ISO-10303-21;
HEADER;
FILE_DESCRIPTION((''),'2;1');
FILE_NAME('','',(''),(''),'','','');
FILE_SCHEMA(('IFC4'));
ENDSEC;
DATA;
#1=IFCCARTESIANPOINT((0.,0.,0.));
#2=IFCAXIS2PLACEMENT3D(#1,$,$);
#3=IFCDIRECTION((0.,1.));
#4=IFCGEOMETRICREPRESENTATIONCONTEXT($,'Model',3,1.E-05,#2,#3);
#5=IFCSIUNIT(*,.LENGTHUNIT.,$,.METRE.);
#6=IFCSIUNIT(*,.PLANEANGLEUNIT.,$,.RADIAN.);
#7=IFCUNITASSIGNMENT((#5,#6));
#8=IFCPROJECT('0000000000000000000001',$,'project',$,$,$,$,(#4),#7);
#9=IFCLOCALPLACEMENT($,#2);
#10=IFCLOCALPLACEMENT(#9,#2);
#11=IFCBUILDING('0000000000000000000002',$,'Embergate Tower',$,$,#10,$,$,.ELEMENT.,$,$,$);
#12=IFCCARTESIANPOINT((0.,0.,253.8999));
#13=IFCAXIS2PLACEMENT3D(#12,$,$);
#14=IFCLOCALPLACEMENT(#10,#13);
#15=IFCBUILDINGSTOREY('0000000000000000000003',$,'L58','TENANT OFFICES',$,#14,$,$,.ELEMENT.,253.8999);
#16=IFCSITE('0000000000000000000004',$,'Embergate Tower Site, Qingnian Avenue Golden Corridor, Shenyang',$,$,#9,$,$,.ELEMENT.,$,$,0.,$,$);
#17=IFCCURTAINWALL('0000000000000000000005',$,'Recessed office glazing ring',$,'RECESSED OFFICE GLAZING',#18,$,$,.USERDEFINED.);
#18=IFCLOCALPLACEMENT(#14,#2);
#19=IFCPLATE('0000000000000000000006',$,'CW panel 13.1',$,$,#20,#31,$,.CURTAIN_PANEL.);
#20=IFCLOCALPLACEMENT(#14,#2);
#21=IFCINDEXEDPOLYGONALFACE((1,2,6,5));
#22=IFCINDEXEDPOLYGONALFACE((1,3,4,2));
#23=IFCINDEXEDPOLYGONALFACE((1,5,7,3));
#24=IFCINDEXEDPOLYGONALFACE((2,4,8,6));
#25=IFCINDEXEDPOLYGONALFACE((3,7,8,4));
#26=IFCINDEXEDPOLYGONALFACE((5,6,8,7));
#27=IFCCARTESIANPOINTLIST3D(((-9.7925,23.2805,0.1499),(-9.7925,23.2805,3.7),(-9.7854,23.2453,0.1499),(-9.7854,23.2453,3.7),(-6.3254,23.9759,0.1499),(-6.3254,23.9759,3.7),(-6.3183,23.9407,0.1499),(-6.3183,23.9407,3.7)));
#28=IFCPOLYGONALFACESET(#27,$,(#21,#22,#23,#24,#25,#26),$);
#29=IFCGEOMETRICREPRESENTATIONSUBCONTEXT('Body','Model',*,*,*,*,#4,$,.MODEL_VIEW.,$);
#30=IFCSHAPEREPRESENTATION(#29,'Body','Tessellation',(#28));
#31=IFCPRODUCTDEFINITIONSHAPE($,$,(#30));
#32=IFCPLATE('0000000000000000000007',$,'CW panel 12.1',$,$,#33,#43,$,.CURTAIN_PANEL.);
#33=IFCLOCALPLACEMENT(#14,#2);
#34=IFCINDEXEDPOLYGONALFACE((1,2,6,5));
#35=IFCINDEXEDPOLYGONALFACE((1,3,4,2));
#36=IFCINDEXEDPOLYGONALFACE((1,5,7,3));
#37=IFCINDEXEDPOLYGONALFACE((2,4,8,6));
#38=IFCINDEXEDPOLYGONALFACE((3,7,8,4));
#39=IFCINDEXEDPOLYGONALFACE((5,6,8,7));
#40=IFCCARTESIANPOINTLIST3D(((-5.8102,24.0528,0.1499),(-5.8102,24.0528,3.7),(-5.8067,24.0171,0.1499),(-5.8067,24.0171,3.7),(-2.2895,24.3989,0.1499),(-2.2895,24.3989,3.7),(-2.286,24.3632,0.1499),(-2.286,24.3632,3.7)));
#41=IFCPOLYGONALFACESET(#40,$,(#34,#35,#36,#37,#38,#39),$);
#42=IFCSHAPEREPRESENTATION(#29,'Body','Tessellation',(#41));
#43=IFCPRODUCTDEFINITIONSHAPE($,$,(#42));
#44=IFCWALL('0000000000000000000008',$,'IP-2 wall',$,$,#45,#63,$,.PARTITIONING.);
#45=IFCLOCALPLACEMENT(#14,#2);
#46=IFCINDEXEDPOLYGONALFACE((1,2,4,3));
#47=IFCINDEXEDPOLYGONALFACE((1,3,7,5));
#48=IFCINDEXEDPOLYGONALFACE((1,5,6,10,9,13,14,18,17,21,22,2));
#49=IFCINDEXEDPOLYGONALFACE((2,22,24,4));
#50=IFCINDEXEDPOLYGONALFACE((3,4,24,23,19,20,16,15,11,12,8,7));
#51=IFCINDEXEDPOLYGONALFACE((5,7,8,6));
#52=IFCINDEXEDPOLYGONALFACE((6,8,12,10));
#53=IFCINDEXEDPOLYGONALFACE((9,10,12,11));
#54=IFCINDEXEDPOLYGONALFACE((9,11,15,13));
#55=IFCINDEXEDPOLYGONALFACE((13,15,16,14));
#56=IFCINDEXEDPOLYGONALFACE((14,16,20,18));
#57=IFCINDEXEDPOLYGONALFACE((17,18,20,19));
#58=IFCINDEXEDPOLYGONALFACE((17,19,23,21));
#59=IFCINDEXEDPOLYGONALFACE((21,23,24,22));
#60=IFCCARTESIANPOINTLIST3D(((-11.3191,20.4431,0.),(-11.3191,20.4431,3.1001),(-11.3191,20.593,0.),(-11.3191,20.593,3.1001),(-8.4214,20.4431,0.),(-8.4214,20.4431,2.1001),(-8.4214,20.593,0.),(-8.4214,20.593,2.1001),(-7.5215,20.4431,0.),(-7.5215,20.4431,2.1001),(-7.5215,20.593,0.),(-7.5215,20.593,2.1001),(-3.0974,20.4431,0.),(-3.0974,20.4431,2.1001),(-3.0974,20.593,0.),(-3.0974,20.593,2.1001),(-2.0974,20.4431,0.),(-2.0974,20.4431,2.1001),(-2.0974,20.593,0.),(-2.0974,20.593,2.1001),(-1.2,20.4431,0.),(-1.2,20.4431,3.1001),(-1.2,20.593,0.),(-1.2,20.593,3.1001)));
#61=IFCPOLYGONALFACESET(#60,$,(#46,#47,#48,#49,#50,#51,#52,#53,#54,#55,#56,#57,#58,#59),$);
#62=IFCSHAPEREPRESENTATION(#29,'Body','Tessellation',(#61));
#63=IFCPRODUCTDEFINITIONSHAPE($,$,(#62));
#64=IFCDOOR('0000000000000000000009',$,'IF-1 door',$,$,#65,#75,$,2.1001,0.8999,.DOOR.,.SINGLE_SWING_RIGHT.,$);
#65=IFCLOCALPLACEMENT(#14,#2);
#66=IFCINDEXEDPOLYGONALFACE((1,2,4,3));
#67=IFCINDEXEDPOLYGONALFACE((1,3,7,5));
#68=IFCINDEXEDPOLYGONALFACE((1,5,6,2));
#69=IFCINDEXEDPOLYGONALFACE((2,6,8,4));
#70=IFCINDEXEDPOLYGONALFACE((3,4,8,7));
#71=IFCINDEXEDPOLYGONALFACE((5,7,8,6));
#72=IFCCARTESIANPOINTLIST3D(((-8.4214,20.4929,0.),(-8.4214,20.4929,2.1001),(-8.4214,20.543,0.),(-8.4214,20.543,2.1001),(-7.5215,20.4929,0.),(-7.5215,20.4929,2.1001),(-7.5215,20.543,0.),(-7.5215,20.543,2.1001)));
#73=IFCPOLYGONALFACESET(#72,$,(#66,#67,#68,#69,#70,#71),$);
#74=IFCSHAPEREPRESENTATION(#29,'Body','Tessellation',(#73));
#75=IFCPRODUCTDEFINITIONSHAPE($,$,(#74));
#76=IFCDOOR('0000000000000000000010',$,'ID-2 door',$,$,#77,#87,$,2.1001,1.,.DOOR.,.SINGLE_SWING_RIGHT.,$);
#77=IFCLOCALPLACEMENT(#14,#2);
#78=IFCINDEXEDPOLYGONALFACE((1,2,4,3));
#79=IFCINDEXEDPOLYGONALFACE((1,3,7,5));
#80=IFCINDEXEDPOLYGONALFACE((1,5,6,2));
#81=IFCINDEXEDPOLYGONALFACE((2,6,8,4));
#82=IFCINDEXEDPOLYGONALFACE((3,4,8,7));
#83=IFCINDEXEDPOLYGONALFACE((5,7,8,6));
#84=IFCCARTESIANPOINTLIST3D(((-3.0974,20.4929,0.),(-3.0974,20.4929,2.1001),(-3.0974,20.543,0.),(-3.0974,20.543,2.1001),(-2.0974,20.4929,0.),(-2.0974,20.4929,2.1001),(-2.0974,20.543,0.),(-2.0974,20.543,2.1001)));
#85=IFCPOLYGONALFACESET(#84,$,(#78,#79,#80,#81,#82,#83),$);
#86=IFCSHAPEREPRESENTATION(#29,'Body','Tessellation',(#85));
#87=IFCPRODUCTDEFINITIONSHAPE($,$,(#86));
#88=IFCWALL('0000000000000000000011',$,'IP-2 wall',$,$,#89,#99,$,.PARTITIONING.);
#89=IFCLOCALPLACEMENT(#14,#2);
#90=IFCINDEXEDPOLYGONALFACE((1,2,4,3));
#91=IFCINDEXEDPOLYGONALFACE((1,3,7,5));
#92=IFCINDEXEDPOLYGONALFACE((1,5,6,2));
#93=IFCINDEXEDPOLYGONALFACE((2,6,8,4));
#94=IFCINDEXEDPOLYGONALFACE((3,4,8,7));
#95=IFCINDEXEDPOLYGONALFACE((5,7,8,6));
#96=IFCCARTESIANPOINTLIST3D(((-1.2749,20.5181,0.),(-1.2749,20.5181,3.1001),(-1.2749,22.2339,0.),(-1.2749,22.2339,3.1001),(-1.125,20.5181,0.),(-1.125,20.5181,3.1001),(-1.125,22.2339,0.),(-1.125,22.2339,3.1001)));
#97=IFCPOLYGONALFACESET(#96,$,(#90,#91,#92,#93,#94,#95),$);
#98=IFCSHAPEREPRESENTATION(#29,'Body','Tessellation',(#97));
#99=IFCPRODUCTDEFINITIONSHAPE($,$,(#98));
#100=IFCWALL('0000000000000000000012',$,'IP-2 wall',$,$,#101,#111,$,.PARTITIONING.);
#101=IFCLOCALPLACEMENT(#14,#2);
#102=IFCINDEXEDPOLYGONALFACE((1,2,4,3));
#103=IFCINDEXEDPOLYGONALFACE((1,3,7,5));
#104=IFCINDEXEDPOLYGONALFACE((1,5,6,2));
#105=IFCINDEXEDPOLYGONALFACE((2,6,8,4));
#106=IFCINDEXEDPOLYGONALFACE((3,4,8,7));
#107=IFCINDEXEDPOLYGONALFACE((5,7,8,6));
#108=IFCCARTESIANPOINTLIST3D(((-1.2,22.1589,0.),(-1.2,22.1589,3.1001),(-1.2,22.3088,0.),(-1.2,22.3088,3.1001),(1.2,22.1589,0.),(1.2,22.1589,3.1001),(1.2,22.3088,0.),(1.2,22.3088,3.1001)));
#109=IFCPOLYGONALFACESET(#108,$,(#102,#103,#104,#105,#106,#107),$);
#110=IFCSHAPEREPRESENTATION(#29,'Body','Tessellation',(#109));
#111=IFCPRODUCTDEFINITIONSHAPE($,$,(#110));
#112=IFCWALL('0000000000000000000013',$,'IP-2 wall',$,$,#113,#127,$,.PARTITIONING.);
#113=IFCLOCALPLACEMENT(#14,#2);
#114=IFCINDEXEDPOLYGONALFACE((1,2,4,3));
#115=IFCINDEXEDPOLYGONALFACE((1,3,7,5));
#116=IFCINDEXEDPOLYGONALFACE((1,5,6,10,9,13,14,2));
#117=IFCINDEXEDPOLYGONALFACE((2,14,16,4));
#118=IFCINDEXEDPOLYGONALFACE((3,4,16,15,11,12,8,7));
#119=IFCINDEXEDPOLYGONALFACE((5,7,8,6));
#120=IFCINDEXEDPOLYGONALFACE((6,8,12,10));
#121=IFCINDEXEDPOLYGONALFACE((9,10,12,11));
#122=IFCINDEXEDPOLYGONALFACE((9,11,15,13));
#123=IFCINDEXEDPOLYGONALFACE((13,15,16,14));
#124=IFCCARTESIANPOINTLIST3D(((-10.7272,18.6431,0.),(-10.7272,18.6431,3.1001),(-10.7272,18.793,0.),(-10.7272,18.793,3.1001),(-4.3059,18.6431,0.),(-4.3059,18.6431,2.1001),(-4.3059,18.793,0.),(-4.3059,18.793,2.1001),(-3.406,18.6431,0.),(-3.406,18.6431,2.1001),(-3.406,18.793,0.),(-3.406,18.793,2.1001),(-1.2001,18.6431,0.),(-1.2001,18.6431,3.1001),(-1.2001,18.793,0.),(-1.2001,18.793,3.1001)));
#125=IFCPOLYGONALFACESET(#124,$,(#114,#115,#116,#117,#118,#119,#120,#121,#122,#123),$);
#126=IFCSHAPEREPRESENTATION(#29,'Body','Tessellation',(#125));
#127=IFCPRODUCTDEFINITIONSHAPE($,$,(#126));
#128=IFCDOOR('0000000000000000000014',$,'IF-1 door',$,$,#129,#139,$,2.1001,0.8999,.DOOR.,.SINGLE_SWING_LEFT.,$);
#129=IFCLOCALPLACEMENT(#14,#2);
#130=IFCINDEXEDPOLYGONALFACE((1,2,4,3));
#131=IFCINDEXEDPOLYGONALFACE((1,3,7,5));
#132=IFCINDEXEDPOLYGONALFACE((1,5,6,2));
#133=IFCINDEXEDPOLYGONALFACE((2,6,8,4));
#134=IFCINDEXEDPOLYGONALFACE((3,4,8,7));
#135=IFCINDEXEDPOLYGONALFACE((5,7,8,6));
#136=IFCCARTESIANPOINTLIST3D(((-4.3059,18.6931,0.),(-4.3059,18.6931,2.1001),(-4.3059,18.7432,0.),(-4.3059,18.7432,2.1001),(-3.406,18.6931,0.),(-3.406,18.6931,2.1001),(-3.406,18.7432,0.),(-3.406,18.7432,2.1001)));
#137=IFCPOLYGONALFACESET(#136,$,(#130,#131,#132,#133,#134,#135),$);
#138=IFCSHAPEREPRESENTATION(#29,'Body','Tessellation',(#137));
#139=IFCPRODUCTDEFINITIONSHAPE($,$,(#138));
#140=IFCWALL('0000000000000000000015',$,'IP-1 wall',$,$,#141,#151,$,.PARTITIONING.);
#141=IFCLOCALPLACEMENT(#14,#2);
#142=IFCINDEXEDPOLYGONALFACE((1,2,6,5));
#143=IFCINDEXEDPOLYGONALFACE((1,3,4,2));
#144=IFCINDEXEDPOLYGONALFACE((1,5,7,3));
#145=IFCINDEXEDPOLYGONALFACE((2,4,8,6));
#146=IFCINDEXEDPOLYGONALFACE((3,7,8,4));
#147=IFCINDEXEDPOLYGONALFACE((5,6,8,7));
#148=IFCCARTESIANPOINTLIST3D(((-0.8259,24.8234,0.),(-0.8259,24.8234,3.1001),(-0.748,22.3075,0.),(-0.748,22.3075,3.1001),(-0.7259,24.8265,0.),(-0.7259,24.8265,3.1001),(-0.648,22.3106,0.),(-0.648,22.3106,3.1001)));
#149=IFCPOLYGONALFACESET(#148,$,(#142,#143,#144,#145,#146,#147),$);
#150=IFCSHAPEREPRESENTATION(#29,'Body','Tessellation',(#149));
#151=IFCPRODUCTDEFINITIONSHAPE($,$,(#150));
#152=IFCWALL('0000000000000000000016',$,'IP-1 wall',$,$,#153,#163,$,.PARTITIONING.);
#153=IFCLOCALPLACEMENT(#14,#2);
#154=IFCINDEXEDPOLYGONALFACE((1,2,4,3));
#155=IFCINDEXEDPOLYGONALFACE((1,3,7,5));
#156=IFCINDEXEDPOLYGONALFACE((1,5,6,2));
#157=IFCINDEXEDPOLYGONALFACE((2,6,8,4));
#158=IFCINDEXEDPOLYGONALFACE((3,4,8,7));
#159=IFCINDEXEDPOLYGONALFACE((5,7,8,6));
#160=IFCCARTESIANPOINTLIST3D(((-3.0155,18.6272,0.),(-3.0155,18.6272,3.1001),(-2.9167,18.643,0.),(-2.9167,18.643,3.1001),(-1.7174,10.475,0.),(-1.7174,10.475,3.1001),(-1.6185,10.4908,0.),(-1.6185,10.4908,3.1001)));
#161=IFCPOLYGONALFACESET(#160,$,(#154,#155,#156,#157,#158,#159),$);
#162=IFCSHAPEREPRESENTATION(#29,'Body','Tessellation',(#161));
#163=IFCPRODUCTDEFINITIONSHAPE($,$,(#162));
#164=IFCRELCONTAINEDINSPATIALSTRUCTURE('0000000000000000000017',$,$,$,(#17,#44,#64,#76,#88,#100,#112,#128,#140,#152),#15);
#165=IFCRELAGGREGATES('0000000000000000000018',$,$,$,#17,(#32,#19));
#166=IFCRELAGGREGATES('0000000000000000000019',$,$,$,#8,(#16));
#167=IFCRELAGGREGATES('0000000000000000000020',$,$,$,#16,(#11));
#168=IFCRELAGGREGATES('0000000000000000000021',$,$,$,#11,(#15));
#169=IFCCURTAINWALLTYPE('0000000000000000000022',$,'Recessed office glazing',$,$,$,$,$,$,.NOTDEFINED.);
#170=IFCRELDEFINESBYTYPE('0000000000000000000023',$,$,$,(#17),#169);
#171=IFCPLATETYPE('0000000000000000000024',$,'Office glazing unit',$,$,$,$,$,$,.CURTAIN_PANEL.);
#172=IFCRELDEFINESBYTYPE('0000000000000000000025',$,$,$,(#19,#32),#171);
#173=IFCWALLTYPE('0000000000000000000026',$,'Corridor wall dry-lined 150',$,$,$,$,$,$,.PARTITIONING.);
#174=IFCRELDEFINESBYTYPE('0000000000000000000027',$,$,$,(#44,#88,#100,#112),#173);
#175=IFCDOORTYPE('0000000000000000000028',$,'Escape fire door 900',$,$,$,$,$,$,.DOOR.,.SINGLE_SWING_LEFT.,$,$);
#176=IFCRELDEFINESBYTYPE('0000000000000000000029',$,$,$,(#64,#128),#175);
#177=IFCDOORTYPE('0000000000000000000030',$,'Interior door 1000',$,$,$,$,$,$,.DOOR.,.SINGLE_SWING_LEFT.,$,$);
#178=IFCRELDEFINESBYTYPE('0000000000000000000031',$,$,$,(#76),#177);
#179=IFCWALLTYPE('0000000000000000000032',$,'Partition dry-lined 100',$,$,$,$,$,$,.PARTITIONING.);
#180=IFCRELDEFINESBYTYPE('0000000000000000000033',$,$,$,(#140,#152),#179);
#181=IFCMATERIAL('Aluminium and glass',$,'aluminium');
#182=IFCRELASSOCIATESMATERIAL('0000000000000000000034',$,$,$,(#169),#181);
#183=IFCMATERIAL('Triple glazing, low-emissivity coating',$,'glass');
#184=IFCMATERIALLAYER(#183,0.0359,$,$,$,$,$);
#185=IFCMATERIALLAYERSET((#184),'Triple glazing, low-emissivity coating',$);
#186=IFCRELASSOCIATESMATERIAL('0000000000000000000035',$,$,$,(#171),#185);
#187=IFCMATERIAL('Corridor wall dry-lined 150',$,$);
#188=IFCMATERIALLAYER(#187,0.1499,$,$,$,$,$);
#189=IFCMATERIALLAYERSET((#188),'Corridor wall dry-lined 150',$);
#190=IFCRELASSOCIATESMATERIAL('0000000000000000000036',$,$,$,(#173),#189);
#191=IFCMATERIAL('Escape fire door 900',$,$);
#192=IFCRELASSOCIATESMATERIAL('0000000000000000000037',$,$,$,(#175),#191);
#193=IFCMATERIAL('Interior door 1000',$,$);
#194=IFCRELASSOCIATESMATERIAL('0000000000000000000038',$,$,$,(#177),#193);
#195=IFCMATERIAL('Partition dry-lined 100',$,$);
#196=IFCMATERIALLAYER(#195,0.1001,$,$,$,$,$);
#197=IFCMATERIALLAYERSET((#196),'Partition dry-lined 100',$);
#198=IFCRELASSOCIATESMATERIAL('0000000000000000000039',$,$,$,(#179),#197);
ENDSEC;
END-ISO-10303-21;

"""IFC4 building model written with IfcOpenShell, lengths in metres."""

from ifc_helpers import new_model, si_unit, direction, frame, frame_2d, origin, origin_2d, place, context, subcontext, project, spatial, rectangle, extrude, source, transform, mapped, material, layer, layer_set, type_object, element, fill, aggregate, save


model = new_model("IFC4")

# Units and contexts
model_context = context("Model", 3, precision=1e-05, world=origin(), true_north=direction((0.0, 1.0)))
body_context = subcontext(model_context, "Body", "Model", "MODEL_VIEW")
ifc_project = project(units=[si_unit("LENGTHUNIT", "METRE"), si_unit("PLANEANGLEUNIT", "RADIAN")], contexts=[model_context])

# Site, building, storey
site_placement = place(None, origin())
site = spatial("IfcSite", under=ifc_project, at=site_placement, Name="Embergate Tower Site, Qingnian Avenue Golden Corridor, Shenyang", CompositionType="ELEMENT", RefElevation=0.0)
building_placement = place(site_placement, origin())
building = spatial("IfcBuilding", under=site, at=building_placement, Name="Embergate Tower", CompositionType="ELEMENT")
storey_placement = place(building_placement, frame((0.0, 0.0, 253.8999)))
storey = spatial("IfcBuildingStorey", under=building, at=storey_placement, Name="L58", Description="TENANT OFFICES", CompositionType="ELEMENT", Elevation=253.8999)

# Curtain wall, plates
ifc_material_1 = material(Name="Aluminium and glass", Category="aluminium")
curtain_wall_type = type_object("IfcCurtainWallType", Name="Recessed office glazing", PredefinedType="NOTDEFINED", material=ifc_material_1)
curtain_wall_placement = place(storey_placement, origin())
curtain_wall = element("IfcCurtainWall", 1, at=curtain_wall_placement, inside=storey, type_object=curtain_wall_type, Name="Recessed office glazing ring", ObjectType="RECESSED OFFICE GLAZING", PredefinedType="USERDEFINED")
ifc_material_2 = material(Name="Triple glazing, low-emissivity coating", Category="glass")
ifc_layer_1 = layer(ifc_material_2, 0.0359)
ifc_layer_set_1 = layer_set([ifc_layer_1], Name="Triple glazing, low-emissivity coating")
plate_type = type_object("IfcPlateType", Name="Office glazing unit", PredefinedType="CURTAIN_PANEL", material=ifc_layer_set_1)
shared_shape_1 = source(origin(), body_context, "Body", "SweptSolid", [
    extrude(rectangle(XDim=3.5361, YDim=0.0359, at=origin_2d()), origin(), (0.0, 0.0, 1.0), 3.55),
])
plate_1_placement = place(storey_placement, frame((-8.0554, 23.6106, 0.1499), z_axis=(0.0, 0.0, 1.0), x_axis=(-0.980476, -0.196639, 0.0)))
plate_1 = element("IfcPlate", 2, at=plate_1_placement, type_object=plate_type, Name="CW panel 13.1", PredefinedType="CURTAIN_PANEL", context=body_context, shape_type="MappedRepresentation", body=[
    mapped(shared_shape_1, transform((0.0, 0.0, 0.0))),
])
shared_shape_2 = source(origin(), body_context, "Body", "SweptSolid", [
    extrude(rectangle(XDim=3.5376, YDim=0.0359, at=origin_2d()), origin(), (0.0, 0.0, 1.0), 3.55),
])
plate_2_placement = place(storey_placement, frame((-4.0481, 24.208, 0.1499), z_axis=(0.0, 0.0, 1.0), x_axis=(-0.995203, -0.09783, 0.0)))
plate_2 = element("IfcPlate", 3, at=plate_2_placement, type_object=plate_type, Name="CW panel 12.1", PredefinedType="CURTAIN_PANEL", context=body_context, shape_type="MappedRepresentation", body=[
    mapped(shared_shape_2, transform((0.0, 0.0, 0.0))),
])
aggregate(curtain_wall, [plate_2, plate_1])

# Wall, openings, doors
ifc_material_3 = material(Name="Corridor wall dry-lined 150")
ifc_layer_2 = layer(ifc_material_3, 0.1499)
ifc_layer_set_2 = layer_set([ifc_layer_2], Name="Corridor wall dry-lined 150")
wall_type_1 = type_object("IfcWallType", Name="Corridor wall dry-lined 150", PredefinedType="PARTITIONING", material=ifc_layer_set_2)
shared_shape_3 = source(origin(), body_context, "Body", "SweptSolid", [
    extrude(rectangle(XDim=10.1191, YDim=0.1499, at=frame_2d((5.0596, 0.0))), origin(), (0.0, 0.0, 1.0), 3.1001),
])
wall_1_placement = place(storey_placement, frame((-11.3191, 20.5181, 0.0), z_axis=(0.0, 0.0, 1.0), x_axis=(1.0, 0.0, 0.0)))
wall_1 = element("IfcWall", 4, at=wall_1_placement, inside=storey, type_object=wall_type_1, Name="IP-2 wall", PredefinedType="PARTITIONING", context=body_context, shape_type="MappedRepresentation", body=[
    mapped(shared_shape_3, transform((0.0, 0.0, 0.0))),
])
shared_shape_4 = source(origin(), body_context, "Body", "SweptSolid", [
    extrude(rectangle(XDim=1.0, YDim=2.1001, at=frame_2d((0.5, 1.05))), frame((0.0, 0.085, 0.0), z_axis=(0.0, -1.0, 0.0), x_axis=(1.0, 0.0, 0.0)), (0.0, 0.0, 1.0), 0.1699),
])
opening_1_placement = place(wall_1_placement, frame((8.2217, 0.0, 0.0)))
opening_1 = element("IfcOpeningElement", 5, at=opening_1_placement, cuts=wall_1, PredefinedType="OPENING", context=body_context, shape_type="MappedRepresentation", body=[
    mapped(shared_shape_4, transform((0.0, 0.0, 0.0))),
])
shared_shape_5 = source(origin(), body_context, "Body", "SweptSolid", [
    extrude(rectangle(XDim=0.8999, YDim=2.1001, at=frame_2d((0.45, 1.05))), frame((0.0, 0.085, 0.0), z_axis=(0.0, -1.0, 0.0), x_axis=(1.0, 0.0, 0.0)), (0.0, 0.0, 1.0), 0.1699),
])
opening_2_placement = place(wall_1_placement, frame((2.8977, 0.0, 0.0)))
opening_2 = element("IfcOpeningElement", 6, at=opening_2_placement, cuts=wall_1, PredefinedType="OPENING", context=body_context, shape_type="MappedRepresentation", body=[
    mapped(shared_shape_5, transform((0.0, 0.0, 0.0))),
])
ifc_material_4 = material(Name="Escape fire door 900")
door_type_1 = type_object("IfcDoorType", Name="Escape fire door 900", OperationType="SINGLE_SWING_LEFT", PredefinedType="DOOR", material=ifc_material_4)
shared_shape_6 = source(origin(), body_context, "Body", "SweptSolid", [
    extrude(rectangle(XDim=0.8999, YDim=2.1001, at=frame_2d((0.45, 1.05))), frame((0.0, 0.0249, 0.0), z_axis=(0.0, -1.0, 0.0), x_axis=(1.0, 0.0, 0.0)), (0.0, 0.0, 1.0), 0.05),
])
door_1_placement = place(opening_2_placement, origin())
door_1 = element("IfcDoor", 7, at=door_1_placement, inside=storey, type_object=door_type_1, Name="IF-1 door", OperationType="SINGLE_SWING_RIGHT", OverallHeight=2.1001, OverallWidth=0.8999, PredefinedType="DOOR", context=body_context, shape_type="MappedRepresentation", body=[
    mapped(shared_shape_6, transform((0.0, 0.0, 0.0))),
])
fill(opening_2, door_1)
ifc_material_5 = material(Name="Interior door 1000")
door_type_2 = type_object("IfcDoorType", Name="Interior door 1000", OperationType="SINGLE_SWING_LEFT", PredefinedType="DOOR", material=ifc_material_5)
shared_shape_7 = source(origin(), body_context, "Body", "SweptSolid", [
    extrude(rectangle(XDim=1.0, YDim=2.1001, at=frame_2d((0.5, 1.05))), frame((0.0, 0.0249, 0.0), z_axis=(0.0, -1.0, 0.0), x_axis=(1.0, 0.0, 0.0)), (0.0, 0.0, 1.0), 0.05),
])
door_2_placement = place(opening_1_placement, origin())
door_2 = element("IfcDoor", 8, at=door_2_placement, inside=storey, type_object=door_type_2, Name="ID-2 door", OperationType="SINGLE_SWING_RIGHT", OverallHeight=2.1001, OverallWidth=1.0, PredefinedType="DOOR", context=body_context, shape_type="MappedRepresentation", body=[
    mapped(shared_shape_7, transform((0.0, 0.0, 0.0))),
])
fill(opening_1, door_2)

# Walls
shared_shape_8 = source(origin(), body_context, "Body", "SweptSolid", [
    extrude(rectangle(XDim=1.7158, YDim=0.1499, at=frame_2d((0.8579, 0.0))), origin(), (0.0, 0.0, 1.0), 3.1001),
])
wall_2_placement = place(storey_placement, frame((-1.2, 20.5181, 0.0), z_axis=(0.0, 0.0, 1.0), x_axis=(0.0, 1.0, 0.0)))
element("IfcWall", 9, at=wall_2_placement, inside=storey, type_object=wall_type_1, Name="IP-2 wall", PredefinedType="PARTITIONING", context=body_context, shape_type="MappedRepresentation", body=[
    mapped(shared_shape_8, transform((0.0, 0.0, 0.0))),
])
shared_shape_9 = source(origin(), body_context, "Body", "SweptSolid", [
    extrude(rectangle(XDim=2.3999, YDim=0.1499, at=frame_2d((1.2, 0.0))), origin(), (0.0, 0.0, 1.0), 3.1001),
])
wall_3_placement = place(storey_placement, frame((-1.2, 22.2339, 0.0), z_axis=(0.0, 0.0, 1.0), x_axis=(1.0, 0.0, 0.0)))
element("IfcWall", 10, at=wall_3_placement, inside=storey, type_object=wall_type_1, Name="IP-2 wall", PredefinedType="PARTITIONING", context=body_context, shape_type="MappedRepresentation", body=[
    mapped(shared_shape_9, transform((0.0, 0.0, 0.0))),
])

# Wall, opening, door
shared_shape_10 = source(origin(), body_context, "Body", "SweptSolid", [
    extrude(rectangle(XDim=9.5271, YDim=0.1499, at=frame_2d((4.7637, 0.0))), origin(), (0.0, 0.0, 1.0), 3.1001),
])
wall_4_placement = place(storey_placement, frame((-1.2, 18.718, 0.0), z_axis=(0.0, 0.0, 1.0), x_axis=(-1.0, 0.0, 0.0)))
wall_4 = element("IfcWall", 11, at=wall_4_placement, inside=storey, type_object=wall_type_1, Name="IP-2 wall", PredefinedType="PARTITIONING", context=body_context, shape_type="MappedRepresentation", body=[
    mapped(shared_shape_10, transform((0.0, 0.0, 0.0))),
])
opening_3_placement = place(wall_4_placement, frame((2.2061, 0.0, 0.0)))
opening_3 = element("IfcOpeningElement", 12, at=opening_3_placement, cuts=wall_4, PredefinedType="OPENING", context=body_context, shape_type="MappedRepresentation", body=[
    mapped(shared_shape_5, transform((0.0, 0.0, 0.0))),
])
door_3_placement = place(opening_3_placement, origin())
door_3 = element("IfcDoor", 13, at=door_3_placement, inside=storey, type_object=door_type_1, Name="IF-1 door", OperationType="SINGLE_SWING_LEFT", OverallHeight=2.1001, OverallWidth=0.8999, PredefinedType="DOOR", context=body_context, shape_type="MappedRepresentation", body=[
    mapped(shared_shape_6, transform((0.0, 0.0, 0.0))),
])
fill(opening_3, door_3)

# Walls
ifc_material_6 = material(Name="Partition dry-lined 100")
ifc_layer_3 = layer(ifc_material_6, 0.1001)
ifc_layer_set_3 = layer_set([ifc_layer_3], Name="Partition dry-lined 100")
wall_type_2 = type_object("IfcWallType", Name="Partition dry-lined 100", PredefinedType="PARTITIONING", material=ifc_layer_set_3)
shared_shape_11 = source(origin(), body_context, "Body", "SweptSolid", [
    extrude(rectangle(XDim=2.5171, YDim=0.1001, at=frame_2d((1.2585, 0.0))), origin(), (0.0, 0.0, 1.0), 3.1001),
])
wall_5_placement = place(storey_placement, frame((-0.698, 22.3091, 0.0), z_axis=(0.0, 0.0, 1.0), x_axis=(-0.030941, 0.999521, 0.0)))
element("IfcWall", 14, at=wall_5_placement, inside=storey, type_object=wall_type_2, Name="IP-1 wall", PredefinedType="PARTITIONING", context=body_context, shape_type="MappedRepresentation", body=[
    mapped(shared_shape_11, transform((0.0, 0.0, 0.0))),
])
shared_shape_12 = source(origin(), body_context, "Body", "SweptSolid", [
    extrude(rectangle(XDim=8.2549, YDim=0.1001, at=frame_2d((4.1274, 0.0))), origin(), (0.0, 0.0, 1.0), 3.1001),
])
wall_6_placement = place(storey_placement, frame((-1.668, 10.4829, 0.0), z_axis=(0.0, 0.0, 1.0), x_axis=(-0.157253, 0.987558, 0.0)))
element("IfcWall", 15, at=wall_6_placement, inside=storey, type_object=wall_type_2, Name="IP-1 wall", PredefinedType="PARTITIONING", context=body_context, shape_type="MappedRepresentation", body=[
    mapped(shared_shape_12, transform((0.0, 0.0, 0.0))),
])

save(model, "model.ifc")
